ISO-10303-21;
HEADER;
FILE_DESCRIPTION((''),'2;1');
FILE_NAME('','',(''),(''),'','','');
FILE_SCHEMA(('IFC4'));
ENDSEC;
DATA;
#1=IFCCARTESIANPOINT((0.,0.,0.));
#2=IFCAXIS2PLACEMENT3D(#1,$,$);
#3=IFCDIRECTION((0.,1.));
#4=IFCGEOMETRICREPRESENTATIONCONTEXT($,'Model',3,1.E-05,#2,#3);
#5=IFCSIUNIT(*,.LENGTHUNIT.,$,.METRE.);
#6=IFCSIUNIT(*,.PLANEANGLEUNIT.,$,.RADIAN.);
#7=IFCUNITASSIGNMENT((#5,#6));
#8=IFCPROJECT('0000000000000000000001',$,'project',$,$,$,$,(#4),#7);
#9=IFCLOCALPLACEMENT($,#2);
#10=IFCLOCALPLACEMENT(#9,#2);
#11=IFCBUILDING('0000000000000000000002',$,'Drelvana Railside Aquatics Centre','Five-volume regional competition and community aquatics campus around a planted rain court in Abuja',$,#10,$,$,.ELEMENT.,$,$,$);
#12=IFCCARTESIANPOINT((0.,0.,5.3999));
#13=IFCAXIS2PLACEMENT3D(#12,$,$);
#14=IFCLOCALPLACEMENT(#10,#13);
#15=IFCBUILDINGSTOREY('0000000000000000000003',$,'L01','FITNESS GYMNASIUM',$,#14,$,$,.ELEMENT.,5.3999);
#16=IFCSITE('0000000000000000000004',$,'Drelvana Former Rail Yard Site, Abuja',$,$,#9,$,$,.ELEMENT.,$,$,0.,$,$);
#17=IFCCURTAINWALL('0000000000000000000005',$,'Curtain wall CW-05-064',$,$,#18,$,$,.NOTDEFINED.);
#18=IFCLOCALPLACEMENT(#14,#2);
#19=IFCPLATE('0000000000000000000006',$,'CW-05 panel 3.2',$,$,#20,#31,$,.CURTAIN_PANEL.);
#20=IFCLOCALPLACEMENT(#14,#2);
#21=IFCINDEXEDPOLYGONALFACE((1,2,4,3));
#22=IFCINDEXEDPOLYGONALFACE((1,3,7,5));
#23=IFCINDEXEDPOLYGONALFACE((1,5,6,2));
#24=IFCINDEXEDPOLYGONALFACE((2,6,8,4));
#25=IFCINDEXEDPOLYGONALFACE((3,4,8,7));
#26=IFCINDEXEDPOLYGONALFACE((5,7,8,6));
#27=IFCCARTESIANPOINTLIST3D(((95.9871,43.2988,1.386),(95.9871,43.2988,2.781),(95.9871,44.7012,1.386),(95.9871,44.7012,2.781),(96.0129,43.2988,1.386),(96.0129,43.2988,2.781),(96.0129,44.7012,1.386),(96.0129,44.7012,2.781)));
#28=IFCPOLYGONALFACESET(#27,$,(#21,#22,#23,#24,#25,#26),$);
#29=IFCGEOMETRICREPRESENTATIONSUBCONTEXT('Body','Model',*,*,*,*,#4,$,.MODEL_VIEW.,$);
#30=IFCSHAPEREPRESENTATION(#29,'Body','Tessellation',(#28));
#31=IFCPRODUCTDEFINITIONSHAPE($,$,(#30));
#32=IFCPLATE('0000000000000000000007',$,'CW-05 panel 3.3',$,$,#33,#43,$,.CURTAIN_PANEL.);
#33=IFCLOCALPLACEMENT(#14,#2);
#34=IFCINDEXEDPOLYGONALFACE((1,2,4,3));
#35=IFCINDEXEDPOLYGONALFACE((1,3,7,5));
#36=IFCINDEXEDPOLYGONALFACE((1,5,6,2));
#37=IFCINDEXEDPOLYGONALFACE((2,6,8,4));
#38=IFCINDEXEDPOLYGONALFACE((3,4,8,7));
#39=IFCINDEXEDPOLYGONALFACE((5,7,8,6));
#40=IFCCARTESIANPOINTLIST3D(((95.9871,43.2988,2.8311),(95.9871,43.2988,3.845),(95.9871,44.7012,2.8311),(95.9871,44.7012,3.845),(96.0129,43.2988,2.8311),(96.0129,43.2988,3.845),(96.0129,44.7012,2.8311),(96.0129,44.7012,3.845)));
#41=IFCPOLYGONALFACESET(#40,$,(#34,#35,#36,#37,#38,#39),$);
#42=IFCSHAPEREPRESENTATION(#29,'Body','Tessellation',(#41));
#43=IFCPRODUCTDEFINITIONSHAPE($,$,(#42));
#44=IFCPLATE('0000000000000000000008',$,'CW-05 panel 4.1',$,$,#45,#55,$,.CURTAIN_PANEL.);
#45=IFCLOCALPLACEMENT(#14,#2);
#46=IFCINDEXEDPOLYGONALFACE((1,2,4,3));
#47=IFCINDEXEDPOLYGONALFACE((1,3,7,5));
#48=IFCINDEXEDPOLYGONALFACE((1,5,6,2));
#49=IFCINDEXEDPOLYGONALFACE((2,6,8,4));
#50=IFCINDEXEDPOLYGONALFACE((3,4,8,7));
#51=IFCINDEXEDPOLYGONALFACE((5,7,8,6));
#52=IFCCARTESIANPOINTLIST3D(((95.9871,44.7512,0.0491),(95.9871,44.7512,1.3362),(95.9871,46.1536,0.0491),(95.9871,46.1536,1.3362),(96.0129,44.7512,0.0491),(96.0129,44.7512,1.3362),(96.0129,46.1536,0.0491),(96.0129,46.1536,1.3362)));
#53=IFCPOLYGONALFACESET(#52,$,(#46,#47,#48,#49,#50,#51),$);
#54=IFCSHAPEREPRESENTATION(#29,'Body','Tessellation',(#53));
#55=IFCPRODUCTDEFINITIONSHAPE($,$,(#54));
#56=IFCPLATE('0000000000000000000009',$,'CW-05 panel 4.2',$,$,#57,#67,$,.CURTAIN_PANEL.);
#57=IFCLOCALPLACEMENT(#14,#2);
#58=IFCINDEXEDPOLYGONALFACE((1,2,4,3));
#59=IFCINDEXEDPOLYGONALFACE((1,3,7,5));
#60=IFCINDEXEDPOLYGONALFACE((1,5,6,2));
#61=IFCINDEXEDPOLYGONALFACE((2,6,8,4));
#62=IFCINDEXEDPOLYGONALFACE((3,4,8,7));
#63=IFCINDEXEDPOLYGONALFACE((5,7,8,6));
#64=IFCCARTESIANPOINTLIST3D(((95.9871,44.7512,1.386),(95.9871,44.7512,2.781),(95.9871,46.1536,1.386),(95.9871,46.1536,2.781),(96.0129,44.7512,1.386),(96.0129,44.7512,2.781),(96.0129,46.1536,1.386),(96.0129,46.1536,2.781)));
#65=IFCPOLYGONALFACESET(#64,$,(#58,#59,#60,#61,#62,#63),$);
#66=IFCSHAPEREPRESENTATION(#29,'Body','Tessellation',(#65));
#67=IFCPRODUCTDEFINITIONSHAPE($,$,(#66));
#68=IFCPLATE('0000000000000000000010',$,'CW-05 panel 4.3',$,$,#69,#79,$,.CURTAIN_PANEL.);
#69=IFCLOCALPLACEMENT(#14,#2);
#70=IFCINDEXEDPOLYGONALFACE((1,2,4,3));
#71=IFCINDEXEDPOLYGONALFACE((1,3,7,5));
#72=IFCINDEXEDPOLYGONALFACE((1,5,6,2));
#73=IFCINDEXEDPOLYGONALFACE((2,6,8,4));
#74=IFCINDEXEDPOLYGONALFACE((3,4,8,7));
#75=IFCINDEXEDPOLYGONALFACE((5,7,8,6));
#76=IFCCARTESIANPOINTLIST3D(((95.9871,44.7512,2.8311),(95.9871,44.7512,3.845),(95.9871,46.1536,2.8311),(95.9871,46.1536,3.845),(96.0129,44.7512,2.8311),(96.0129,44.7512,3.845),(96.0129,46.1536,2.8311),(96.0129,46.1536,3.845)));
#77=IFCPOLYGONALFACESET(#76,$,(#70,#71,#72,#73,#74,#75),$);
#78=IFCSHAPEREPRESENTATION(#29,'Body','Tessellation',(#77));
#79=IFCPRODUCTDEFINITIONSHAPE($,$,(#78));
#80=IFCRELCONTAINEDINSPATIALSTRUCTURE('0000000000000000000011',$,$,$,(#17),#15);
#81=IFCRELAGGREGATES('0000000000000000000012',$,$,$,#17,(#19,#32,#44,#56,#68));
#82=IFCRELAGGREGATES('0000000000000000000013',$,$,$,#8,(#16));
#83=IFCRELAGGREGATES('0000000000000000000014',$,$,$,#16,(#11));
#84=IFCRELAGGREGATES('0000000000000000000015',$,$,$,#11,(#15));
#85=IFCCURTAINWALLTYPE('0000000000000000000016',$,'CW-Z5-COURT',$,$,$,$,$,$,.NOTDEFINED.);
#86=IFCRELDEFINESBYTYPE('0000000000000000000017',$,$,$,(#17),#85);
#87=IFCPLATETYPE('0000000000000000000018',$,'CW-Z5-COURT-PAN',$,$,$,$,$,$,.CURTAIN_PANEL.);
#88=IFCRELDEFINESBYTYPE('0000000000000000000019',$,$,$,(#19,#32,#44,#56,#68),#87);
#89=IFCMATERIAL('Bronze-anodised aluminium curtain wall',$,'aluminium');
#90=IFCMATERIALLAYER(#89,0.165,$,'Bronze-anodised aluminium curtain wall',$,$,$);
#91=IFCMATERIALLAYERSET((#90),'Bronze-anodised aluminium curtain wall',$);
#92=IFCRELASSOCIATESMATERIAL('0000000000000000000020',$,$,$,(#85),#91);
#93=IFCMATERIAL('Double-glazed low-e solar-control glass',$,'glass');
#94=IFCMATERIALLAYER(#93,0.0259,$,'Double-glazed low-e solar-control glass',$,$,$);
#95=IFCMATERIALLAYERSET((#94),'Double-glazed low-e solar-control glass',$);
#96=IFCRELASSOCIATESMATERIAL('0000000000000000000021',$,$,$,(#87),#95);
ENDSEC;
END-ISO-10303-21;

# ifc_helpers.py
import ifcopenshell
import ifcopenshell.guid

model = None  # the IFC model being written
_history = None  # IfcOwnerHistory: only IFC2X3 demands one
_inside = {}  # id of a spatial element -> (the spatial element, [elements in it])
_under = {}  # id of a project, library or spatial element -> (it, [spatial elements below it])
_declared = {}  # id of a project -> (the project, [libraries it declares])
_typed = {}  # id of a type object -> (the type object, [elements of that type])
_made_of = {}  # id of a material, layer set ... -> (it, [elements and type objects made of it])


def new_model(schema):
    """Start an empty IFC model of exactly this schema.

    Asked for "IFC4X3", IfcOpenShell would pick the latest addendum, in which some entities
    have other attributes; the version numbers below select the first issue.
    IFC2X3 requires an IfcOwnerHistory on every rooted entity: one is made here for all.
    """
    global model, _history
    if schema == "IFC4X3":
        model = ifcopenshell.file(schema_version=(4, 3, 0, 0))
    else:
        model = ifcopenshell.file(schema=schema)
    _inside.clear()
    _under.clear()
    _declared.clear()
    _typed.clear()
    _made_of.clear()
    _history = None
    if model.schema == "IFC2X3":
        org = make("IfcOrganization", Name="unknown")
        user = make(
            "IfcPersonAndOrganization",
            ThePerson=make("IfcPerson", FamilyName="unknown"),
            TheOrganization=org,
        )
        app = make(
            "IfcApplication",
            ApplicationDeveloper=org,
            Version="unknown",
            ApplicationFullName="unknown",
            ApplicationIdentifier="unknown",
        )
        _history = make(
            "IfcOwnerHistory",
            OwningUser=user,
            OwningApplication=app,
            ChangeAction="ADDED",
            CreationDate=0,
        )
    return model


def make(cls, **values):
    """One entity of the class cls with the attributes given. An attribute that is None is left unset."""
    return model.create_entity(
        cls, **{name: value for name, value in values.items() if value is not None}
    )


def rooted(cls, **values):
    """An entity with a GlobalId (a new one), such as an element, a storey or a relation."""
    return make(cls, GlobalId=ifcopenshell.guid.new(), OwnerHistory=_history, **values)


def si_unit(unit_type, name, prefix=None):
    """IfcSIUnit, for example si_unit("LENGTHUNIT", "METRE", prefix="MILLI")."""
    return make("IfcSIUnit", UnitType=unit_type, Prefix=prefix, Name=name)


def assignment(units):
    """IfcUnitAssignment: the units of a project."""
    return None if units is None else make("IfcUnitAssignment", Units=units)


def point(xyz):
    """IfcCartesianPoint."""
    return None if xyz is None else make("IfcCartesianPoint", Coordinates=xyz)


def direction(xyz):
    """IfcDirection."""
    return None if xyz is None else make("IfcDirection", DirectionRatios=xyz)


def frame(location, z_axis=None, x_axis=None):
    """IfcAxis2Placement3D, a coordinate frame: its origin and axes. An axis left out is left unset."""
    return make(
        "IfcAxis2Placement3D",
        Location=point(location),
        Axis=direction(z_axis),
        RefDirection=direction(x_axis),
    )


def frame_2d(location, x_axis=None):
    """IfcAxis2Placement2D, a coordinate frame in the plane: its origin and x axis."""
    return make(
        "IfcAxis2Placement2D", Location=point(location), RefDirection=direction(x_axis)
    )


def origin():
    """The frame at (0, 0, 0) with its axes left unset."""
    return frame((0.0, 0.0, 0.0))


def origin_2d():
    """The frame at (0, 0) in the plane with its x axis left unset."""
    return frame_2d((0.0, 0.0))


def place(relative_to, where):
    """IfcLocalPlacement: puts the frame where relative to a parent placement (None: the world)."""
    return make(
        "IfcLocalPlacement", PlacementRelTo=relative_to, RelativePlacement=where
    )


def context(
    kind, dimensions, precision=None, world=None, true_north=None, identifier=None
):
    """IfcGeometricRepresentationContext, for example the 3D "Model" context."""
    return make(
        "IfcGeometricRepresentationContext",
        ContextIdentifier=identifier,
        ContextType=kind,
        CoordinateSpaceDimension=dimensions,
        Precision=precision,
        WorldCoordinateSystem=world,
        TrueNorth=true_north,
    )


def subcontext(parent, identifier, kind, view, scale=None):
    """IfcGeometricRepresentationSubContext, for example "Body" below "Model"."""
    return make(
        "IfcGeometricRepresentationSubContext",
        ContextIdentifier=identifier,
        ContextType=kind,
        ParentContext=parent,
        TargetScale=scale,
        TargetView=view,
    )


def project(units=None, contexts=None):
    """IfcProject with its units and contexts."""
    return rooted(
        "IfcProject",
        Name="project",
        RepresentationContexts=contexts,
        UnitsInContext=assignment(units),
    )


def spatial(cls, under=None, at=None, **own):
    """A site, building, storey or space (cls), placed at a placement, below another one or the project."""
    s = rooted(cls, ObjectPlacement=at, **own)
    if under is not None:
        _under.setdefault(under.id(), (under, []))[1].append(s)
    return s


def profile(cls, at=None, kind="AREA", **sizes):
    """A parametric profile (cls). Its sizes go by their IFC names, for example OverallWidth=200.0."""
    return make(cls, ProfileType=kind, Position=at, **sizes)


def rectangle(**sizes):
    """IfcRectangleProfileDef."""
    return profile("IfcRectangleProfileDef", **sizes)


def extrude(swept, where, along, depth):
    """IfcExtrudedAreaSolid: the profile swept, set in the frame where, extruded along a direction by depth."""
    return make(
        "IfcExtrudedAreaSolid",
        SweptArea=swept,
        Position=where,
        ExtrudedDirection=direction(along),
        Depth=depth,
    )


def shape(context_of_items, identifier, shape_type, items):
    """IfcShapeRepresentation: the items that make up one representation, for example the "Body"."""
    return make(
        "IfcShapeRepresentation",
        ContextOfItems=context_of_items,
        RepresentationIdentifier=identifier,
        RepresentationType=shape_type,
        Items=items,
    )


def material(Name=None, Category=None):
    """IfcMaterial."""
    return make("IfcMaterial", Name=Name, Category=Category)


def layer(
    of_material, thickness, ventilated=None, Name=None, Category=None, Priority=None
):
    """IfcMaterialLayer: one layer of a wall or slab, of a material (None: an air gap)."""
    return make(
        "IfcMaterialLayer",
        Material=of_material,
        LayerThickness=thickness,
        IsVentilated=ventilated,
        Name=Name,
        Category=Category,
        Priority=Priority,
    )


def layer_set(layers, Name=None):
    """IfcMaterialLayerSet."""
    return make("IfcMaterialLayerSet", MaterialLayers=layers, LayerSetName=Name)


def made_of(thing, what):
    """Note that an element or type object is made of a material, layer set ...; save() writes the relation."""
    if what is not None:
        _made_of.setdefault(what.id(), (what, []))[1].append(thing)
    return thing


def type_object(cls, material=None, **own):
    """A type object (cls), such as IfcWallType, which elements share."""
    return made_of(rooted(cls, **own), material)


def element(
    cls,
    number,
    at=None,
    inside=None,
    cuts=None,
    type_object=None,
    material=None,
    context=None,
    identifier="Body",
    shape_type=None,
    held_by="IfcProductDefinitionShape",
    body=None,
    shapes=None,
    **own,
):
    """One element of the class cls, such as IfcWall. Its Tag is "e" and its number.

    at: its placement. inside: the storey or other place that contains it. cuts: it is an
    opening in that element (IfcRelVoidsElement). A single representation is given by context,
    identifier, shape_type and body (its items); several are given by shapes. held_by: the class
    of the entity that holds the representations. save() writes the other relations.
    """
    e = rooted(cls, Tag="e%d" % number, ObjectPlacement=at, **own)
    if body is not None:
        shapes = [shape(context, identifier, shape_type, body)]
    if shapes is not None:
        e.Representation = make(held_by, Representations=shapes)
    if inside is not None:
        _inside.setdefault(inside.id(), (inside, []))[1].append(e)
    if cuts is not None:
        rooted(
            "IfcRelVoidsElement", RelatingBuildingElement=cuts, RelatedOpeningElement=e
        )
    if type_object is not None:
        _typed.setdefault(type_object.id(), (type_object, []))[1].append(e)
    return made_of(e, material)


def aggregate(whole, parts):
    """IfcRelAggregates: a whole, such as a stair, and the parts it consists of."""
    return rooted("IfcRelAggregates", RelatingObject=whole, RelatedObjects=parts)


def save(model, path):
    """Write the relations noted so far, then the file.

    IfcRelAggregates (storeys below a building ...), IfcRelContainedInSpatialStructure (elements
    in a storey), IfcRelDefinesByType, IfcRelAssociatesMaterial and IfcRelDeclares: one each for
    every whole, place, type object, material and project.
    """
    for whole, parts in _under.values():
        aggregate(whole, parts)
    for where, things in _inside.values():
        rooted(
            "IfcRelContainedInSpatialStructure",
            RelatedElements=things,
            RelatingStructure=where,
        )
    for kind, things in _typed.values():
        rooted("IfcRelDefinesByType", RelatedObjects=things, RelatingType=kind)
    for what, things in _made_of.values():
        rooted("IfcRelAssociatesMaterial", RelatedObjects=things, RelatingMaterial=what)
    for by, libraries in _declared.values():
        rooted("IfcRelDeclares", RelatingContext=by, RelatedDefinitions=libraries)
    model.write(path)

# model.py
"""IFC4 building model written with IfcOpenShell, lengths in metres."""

from ifc_helpers import new_model, si_unit, direction, frame, origin, origin_2d, place, context, subcontext, project, spatial, rectangle, extrude, material, layer, layer_set, type_object, element, aggregate, save


model = new_model("IFC4")

# Units and contexts
model_context = context("Model", 3, precision=1e-05, world=origin(), true_north=direction((0.0, 1.0)))
body_context = subcontext(model_context, "Body", "Model", "MODEL_VIEW")
ifc_project = project(units=[si_unit("LENGTHUNIT", "METRE"), si_unit("PLANEANGLEUNIT", "RADIAN")], contexts=[model_context])

# Site, building, storey
site_placement = place(None, origin())
site = spatial("IfcSite", under=ifc_project, at=site_placement, Name="Drelvana Former Rail Yard Site, Abuja", CompositionType="ELEMENT", RefElevation=0.0)
building_placement = place(site_placement, origin())
building = spatial("IfcBuilding", under=site, at=building_placement, Name="Drelvana Railside Aquatics Centre", Description="Five-volume regional competition and community aquatics campus around a planted rain court in Abuja", CompositionType="ELEMENT")
storey_placement = place(building_placement, frame((0.0, 0.0, 5.3999)))
storey = spatial("IfcBuildingStorey", under=building, at=storey_placement, Name="L01", Description="FITNESS GYMNASIUM", CompositionType="ELEMENT", Elevation=5.3999)

# Curtain wall
ifc_material_1 = material(Name="Bronze-anodised aluminium curtain wall", Category="aluminium")
ifc_layer_1 = layer(ifc_material_1, 0.165, Name="Bronze-anodised aluminium curtain wall")
ifc_layer_set_1 = layer_set([ifc_layer_1], Name="Bronze-anodised aluminium curtain wall")
curtain_wall_type = type_object("IfcCurtainWallType", Name="CW-Z5-COURT", PredefinedType="NOTDEFINED", material=ifc_layer_set_1)
curtain_wall_placement = place(storey_placement, origin())
curtain_wall = element("IfcCurtainWall", 1, at=curtain_wall_placement, inside=storey, type_object=curtain_wall_type, Name="Curtain wall CW-05-064", PredefinedType="NOTDEFINED")

# Plates
ifc_material_2 = material(Name="Double-glazed low-e solar-control glass", Category="glass")
ifc_layer_2 = layer(ifc_material_2, 0.0259, Name="Double-glazed low-e solar-control glass")
ifc_layer_set_2 = layer_set([ifc_layer_2], Name="Double-glazed low-e solar-control glass")
plate_type = type_object("IfcPlateType", Name="CW-Z5-COURT-PAN", PredefinedType="CURTAIN_PANEL", material=ifc_layer_set_2)
plate_1_placement = place(storey_placement, frame((96.0, 44.0, 1.386), z_axis=(0.0, 0.0, 1.0), x_axis=(0.0, 1.0, 0.0)))
plate_1 = element("IfcPlate", 2, at=plate_1_placement, type_object=plate_type, Name="CW-05 panel 3.2", PredefinedType="CURTAIN_PANEL", context=body_context, shape_type="SweptSolid", body=[
    extrude(rectangle(XDim=1.4023, YDim=0.0259, at=origin_2d()), origin(), (0.0, 0.0, 1.0), 1.395),
])
plate_2_placement = place(storey_placement, frame((96.0, 44.0, 2.8311), z_axis=(0.0, 0.0, 1.0), x_axis=(0.0, 1.0, 0.0)))
plate_2 = element("IfcPlate", 3, at=plate_2_placement, type_object=plate_type, Name="CW-05 panel 3.3", PredefinedType="CURTAIN_PANEL", context=body_context, shape_type="SweptSolid", body=[
    extrude(rectangle(XDim=1.4023, YDim=0.0259, at=origin_2d()), origin(), (0.0, 0.0, 1.0), 1.0139),
])
plate_3_placement = place(storey_placement, frame((96.0, 45.4524, 0.0491), z_axis=(0.0, 0.0, 1.0), x_axis=(0.0, 1.0, 0.0)))
plate_3 = element("IfcPlate", 4, at=plate_3_placement, type_object=plate_type, Name="CW-05 panel 4.1", PredefinedType="CURTAIN_PANEL", context=body_context, shape_type="SweptSolid", body=[
    extrude(rectangle(XDim=1.4023, YDim=0.0259, at=origin_2d()), origin(), (0.0, 0.0, 1.0), 1.2871),
])
plate_4_placement = place(storey_placement, frame((96.0, 45.4524, 1.386), z_axis=(0.0, 0.0, 1.0), x_axis=(0.0, 1.0, 0.0)))
plate_4 = element("IfcPlate", 5, at=plate_4_placement, type_object=plate_type, Name="CW-05 panel 4.2", PredefinedType="CURTAIN_PANEL", context=body_context, shape_type="SweptSolid", body=[
    extrude(rectangle(XDim=1.4023, YDim=0.0259, at=origin_2d()), origin(), (0.0, 0.0, 1.0), 1.395),
])
plate_5_placement = place(storey_placement, frame((96.0, 45.4524, 2.8311), z_axis=(0.0, 0.0, 1.0), x_axis=(0.0, 1.0, 0.0)))
plate_5 = element("IfcPlate", 6, at=plate_5_placement, type_object=plate_type, Name="CW-05 panel 4.3", PredefinedType="CURTAIN_PANEL", context=body_context, shape_type="SweptSolid", body=[
    extrude(rectangle(XDim=1.4023, YDim=0.0259, at=origin_2d()), origin(), (0.0, 0.0, 1.0), 1.0139),
])
aggregate(curtain_wall, [plate_1, plate_2, plate_3, plate_4, plate_5])

save(model, "model.ifc")
